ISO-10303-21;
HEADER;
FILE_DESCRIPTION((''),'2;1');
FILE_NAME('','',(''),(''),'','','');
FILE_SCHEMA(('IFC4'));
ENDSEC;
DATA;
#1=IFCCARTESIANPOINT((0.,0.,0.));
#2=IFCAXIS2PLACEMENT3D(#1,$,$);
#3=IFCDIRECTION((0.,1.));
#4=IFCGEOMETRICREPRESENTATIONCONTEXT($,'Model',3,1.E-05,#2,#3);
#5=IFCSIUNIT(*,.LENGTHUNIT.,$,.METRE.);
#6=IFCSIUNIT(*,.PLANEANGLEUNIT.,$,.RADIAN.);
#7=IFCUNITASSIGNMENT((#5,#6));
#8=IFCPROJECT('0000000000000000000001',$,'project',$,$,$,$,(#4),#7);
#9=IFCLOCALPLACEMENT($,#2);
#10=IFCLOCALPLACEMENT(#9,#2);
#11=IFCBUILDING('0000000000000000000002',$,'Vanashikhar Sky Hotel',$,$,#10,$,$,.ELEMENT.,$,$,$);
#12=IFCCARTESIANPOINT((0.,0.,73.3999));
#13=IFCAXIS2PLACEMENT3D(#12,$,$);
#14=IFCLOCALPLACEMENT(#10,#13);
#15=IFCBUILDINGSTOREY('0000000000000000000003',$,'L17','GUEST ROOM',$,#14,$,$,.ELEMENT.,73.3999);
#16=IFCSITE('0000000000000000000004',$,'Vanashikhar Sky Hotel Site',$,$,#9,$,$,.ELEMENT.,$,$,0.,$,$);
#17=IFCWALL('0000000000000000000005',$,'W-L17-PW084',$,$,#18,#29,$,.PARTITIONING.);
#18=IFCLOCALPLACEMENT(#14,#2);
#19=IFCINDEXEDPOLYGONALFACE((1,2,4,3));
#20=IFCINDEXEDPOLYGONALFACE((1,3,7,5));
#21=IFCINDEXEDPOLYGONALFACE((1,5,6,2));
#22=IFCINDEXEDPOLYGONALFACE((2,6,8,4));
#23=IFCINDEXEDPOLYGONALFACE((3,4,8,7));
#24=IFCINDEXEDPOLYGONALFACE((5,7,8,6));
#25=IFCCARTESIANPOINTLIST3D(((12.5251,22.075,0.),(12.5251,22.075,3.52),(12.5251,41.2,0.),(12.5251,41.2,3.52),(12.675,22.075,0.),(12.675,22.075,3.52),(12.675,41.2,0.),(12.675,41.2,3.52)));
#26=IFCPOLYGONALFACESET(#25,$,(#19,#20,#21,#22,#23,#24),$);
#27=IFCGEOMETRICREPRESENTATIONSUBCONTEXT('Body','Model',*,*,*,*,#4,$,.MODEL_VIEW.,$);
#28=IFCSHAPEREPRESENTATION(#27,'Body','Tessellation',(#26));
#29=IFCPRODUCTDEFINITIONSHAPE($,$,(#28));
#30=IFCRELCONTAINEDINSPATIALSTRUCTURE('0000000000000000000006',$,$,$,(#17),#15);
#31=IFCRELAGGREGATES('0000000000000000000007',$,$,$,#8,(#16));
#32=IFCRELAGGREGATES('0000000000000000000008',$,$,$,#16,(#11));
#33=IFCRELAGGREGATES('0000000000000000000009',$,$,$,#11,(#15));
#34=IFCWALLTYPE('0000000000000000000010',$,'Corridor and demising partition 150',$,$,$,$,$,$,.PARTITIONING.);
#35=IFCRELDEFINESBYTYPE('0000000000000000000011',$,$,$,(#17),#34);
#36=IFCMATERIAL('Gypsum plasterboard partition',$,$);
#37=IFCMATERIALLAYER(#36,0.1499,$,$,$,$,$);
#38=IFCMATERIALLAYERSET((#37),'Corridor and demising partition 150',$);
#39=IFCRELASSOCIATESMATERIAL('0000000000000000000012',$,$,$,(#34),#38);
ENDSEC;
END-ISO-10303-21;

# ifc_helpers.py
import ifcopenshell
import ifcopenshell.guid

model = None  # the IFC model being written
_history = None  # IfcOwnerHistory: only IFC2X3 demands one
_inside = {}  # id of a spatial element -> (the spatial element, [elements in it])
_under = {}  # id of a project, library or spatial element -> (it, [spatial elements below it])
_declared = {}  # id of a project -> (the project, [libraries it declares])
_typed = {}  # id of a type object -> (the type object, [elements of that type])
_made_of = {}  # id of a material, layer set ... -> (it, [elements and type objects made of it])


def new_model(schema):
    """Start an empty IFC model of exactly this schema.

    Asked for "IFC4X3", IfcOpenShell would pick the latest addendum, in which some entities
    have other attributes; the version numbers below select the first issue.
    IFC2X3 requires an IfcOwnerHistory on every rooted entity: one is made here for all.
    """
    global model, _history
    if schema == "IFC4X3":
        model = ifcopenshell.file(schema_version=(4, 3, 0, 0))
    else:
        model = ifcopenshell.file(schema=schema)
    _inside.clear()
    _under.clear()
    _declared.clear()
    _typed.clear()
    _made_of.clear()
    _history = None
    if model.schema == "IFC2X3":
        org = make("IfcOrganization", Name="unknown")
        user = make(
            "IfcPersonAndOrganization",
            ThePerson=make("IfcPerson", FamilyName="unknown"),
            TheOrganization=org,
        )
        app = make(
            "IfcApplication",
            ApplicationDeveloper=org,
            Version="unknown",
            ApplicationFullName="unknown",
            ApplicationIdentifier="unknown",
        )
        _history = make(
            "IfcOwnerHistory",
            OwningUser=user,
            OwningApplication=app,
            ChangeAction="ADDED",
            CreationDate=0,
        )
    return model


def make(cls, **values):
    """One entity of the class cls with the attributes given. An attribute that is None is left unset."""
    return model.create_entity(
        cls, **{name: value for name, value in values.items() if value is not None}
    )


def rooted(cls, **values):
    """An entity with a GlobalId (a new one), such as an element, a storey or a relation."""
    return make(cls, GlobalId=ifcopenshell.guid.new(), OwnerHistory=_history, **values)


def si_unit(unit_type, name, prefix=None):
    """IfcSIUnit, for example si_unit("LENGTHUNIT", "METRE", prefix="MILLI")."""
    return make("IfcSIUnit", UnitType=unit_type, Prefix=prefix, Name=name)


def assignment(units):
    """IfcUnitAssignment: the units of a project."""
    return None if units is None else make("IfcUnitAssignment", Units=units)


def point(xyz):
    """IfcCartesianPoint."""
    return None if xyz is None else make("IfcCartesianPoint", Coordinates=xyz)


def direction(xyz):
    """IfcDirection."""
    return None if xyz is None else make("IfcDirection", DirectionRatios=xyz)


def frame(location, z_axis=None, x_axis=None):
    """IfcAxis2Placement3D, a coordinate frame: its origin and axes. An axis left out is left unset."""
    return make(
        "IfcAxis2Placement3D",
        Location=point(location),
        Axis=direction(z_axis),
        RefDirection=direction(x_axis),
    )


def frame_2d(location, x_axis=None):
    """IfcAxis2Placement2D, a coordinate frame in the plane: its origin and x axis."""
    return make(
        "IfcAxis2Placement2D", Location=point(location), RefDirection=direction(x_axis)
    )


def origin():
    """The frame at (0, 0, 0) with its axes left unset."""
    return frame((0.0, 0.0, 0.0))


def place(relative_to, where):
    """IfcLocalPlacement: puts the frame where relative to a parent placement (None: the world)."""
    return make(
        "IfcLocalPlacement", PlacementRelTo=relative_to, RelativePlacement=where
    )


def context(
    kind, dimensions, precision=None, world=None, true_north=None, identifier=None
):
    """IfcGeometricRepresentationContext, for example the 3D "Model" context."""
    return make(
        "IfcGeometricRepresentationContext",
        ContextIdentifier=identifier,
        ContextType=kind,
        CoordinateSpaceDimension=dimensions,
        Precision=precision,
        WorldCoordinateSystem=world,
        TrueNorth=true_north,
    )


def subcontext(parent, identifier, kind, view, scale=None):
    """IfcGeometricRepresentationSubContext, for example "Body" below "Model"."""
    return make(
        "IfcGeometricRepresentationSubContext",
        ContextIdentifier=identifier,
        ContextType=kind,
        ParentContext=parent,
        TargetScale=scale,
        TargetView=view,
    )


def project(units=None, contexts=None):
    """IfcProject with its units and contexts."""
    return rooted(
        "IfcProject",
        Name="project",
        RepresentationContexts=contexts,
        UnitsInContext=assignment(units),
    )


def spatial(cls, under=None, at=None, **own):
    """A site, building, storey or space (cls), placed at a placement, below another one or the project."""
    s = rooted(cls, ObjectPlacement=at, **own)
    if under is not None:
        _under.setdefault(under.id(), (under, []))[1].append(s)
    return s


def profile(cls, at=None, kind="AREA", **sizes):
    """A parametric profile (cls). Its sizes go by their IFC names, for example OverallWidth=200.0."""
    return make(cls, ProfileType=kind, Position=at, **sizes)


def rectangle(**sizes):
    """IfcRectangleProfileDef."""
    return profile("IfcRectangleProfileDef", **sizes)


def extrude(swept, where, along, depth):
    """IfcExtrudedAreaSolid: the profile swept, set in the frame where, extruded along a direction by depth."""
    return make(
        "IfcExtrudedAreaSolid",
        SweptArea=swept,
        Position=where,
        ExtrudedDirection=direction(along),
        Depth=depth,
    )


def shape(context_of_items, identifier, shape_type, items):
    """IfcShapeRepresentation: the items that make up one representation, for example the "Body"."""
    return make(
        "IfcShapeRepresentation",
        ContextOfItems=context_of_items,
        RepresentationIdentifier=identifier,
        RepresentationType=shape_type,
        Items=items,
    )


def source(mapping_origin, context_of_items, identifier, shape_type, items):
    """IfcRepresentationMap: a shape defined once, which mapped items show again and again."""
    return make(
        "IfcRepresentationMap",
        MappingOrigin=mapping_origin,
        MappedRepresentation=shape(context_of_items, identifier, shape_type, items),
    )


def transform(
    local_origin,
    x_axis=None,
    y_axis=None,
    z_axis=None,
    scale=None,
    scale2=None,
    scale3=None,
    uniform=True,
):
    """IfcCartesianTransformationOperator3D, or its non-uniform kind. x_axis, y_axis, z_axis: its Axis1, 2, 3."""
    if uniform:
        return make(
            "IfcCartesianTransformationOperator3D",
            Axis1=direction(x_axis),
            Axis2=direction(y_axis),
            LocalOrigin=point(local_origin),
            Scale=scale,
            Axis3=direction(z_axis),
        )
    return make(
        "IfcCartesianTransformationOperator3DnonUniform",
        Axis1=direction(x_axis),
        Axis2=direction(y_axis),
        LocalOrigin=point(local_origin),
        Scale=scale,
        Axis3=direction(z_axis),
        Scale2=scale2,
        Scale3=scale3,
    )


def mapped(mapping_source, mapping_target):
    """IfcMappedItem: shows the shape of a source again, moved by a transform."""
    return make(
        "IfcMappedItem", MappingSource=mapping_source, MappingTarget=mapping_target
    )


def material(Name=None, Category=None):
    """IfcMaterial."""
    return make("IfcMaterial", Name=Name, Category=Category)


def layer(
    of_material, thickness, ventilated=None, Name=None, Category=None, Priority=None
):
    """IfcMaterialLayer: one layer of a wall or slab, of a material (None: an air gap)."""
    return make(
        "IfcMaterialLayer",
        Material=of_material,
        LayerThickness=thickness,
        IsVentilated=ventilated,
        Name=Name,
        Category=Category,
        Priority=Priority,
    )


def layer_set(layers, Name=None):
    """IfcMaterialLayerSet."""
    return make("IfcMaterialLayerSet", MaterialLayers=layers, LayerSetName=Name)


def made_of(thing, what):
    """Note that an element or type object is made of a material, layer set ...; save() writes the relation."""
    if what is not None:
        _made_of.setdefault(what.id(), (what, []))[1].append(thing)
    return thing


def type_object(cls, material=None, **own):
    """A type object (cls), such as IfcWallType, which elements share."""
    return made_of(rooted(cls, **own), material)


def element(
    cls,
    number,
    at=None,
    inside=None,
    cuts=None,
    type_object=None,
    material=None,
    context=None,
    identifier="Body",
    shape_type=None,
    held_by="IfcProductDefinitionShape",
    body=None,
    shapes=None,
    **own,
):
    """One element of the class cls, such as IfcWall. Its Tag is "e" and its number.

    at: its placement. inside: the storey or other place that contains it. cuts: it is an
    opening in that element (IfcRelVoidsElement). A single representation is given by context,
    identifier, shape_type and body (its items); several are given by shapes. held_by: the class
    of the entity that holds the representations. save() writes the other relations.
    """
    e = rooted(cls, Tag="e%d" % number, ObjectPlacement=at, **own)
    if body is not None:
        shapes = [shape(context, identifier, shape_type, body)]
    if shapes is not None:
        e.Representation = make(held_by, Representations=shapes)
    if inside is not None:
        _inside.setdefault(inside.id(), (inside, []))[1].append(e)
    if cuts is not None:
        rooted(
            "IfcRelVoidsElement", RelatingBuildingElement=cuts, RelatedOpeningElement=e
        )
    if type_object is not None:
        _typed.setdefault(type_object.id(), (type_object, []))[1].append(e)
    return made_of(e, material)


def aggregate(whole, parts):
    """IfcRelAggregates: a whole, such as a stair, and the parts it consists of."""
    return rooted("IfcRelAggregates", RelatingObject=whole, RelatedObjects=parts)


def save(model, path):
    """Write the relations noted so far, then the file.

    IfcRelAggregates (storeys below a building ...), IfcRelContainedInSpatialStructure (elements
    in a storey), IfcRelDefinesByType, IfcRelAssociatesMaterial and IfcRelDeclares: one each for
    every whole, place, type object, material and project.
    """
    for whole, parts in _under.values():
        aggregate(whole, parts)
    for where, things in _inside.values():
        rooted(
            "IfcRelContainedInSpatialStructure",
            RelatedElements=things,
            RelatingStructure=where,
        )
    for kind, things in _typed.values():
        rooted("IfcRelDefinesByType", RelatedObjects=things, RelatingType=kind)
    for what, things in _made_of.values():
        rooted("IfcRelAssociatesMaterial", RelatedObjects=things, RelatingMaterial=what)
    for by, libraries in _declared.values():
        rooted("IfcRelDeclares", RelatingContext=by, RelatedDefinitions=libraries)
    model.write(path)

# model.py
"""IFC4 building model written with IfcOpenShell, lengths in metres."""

from ifc_helpers import new_model, si_unit, direction, frame, frame_2d, origin, place, context, subcontext, project, spatial, rectangle, extrude, source, transform, mapped, material, layer, layer_set, type_object, element, save


model = new_model("IFC4")

# Units and contexts
model_context = context("Model", 3, precision=1e-05, world=origin(), true_north=direction((0.0, 1.0)))
body_context = subcontext(model_context, "Body", "Model", "MODEL_VIEW")
ifc_project = project(units=[si_unit("LENGTHUNIT", "METRE"), si_unit("PLANEANGLEUNIT", "RADIAN")], contexts=[model_context])

# Site, building, storey
site_placement = place(None, origin())
site = spatial("IfcSite", under=ifc_project, at=site_placement, Name="Vanashikhar Sky Hotel Site", CompositionType="ELEMENT", RefElevation=0.0)
building_placement = place(site_placement, origin())
building = spatial("IfcBuilding", under=site, at=building_placement, Name="Vanashikhar Sky Hotel", CompositionType="ELEMENT")
storey_placement = place(building_placement, frame((0.0, 0.0, 73.3999)))
storey = spatial("IfcBuildingStorey", under=building, at=storey_placement, Name="L17", Description="GUEST ROOM", CompositionType="ELEMENT", Elevation=73.3999)

# Shared definitions
ifc_material_1 = material(Name="Gypsum plasterboard partition")
ifc_layer_1 = layer(ifc_material_1, 0.1499)
ifc_layer_set_1 = layer_set([ifc_layer_1], Name="Corridor and demising partition 150")
wall_type_1 = type_object("IfcWallType", Name="Corridor and demising partition 150", PredefinedType="PARTITIONING", material=ifc_layer_set_1)

# Wall
shared_shape_1 = source(origin(), body_context, "Body", "SweptSolid", [
    extrude(rectangle(XDim=19.125, YDim=0.1499, at=frame_2d((9.5625, 0.0))), origin(), (0.0, 0.0, 1.0), 3.52),
])
wall_1_placement = place(storey_placement, frame((12.6001, 22.075, 0.0), z_axis=(0.0, 0.0, 1.0), x_axis=(0.0, 1.0, 0.0)))
element("IfcWall", 1, at=wall_1_placement, inside=storey, type_object=wall_type_1, Name="W-L17-PW084", PredefinedType="PARTITIONING", context=body_context, shape_type="MappedRepresentation", body=[
    mapped(shared_shape_1, transform((0.0, 0.0, 0.0), scale=1.0)),
])

save(model, "model.ifc")
